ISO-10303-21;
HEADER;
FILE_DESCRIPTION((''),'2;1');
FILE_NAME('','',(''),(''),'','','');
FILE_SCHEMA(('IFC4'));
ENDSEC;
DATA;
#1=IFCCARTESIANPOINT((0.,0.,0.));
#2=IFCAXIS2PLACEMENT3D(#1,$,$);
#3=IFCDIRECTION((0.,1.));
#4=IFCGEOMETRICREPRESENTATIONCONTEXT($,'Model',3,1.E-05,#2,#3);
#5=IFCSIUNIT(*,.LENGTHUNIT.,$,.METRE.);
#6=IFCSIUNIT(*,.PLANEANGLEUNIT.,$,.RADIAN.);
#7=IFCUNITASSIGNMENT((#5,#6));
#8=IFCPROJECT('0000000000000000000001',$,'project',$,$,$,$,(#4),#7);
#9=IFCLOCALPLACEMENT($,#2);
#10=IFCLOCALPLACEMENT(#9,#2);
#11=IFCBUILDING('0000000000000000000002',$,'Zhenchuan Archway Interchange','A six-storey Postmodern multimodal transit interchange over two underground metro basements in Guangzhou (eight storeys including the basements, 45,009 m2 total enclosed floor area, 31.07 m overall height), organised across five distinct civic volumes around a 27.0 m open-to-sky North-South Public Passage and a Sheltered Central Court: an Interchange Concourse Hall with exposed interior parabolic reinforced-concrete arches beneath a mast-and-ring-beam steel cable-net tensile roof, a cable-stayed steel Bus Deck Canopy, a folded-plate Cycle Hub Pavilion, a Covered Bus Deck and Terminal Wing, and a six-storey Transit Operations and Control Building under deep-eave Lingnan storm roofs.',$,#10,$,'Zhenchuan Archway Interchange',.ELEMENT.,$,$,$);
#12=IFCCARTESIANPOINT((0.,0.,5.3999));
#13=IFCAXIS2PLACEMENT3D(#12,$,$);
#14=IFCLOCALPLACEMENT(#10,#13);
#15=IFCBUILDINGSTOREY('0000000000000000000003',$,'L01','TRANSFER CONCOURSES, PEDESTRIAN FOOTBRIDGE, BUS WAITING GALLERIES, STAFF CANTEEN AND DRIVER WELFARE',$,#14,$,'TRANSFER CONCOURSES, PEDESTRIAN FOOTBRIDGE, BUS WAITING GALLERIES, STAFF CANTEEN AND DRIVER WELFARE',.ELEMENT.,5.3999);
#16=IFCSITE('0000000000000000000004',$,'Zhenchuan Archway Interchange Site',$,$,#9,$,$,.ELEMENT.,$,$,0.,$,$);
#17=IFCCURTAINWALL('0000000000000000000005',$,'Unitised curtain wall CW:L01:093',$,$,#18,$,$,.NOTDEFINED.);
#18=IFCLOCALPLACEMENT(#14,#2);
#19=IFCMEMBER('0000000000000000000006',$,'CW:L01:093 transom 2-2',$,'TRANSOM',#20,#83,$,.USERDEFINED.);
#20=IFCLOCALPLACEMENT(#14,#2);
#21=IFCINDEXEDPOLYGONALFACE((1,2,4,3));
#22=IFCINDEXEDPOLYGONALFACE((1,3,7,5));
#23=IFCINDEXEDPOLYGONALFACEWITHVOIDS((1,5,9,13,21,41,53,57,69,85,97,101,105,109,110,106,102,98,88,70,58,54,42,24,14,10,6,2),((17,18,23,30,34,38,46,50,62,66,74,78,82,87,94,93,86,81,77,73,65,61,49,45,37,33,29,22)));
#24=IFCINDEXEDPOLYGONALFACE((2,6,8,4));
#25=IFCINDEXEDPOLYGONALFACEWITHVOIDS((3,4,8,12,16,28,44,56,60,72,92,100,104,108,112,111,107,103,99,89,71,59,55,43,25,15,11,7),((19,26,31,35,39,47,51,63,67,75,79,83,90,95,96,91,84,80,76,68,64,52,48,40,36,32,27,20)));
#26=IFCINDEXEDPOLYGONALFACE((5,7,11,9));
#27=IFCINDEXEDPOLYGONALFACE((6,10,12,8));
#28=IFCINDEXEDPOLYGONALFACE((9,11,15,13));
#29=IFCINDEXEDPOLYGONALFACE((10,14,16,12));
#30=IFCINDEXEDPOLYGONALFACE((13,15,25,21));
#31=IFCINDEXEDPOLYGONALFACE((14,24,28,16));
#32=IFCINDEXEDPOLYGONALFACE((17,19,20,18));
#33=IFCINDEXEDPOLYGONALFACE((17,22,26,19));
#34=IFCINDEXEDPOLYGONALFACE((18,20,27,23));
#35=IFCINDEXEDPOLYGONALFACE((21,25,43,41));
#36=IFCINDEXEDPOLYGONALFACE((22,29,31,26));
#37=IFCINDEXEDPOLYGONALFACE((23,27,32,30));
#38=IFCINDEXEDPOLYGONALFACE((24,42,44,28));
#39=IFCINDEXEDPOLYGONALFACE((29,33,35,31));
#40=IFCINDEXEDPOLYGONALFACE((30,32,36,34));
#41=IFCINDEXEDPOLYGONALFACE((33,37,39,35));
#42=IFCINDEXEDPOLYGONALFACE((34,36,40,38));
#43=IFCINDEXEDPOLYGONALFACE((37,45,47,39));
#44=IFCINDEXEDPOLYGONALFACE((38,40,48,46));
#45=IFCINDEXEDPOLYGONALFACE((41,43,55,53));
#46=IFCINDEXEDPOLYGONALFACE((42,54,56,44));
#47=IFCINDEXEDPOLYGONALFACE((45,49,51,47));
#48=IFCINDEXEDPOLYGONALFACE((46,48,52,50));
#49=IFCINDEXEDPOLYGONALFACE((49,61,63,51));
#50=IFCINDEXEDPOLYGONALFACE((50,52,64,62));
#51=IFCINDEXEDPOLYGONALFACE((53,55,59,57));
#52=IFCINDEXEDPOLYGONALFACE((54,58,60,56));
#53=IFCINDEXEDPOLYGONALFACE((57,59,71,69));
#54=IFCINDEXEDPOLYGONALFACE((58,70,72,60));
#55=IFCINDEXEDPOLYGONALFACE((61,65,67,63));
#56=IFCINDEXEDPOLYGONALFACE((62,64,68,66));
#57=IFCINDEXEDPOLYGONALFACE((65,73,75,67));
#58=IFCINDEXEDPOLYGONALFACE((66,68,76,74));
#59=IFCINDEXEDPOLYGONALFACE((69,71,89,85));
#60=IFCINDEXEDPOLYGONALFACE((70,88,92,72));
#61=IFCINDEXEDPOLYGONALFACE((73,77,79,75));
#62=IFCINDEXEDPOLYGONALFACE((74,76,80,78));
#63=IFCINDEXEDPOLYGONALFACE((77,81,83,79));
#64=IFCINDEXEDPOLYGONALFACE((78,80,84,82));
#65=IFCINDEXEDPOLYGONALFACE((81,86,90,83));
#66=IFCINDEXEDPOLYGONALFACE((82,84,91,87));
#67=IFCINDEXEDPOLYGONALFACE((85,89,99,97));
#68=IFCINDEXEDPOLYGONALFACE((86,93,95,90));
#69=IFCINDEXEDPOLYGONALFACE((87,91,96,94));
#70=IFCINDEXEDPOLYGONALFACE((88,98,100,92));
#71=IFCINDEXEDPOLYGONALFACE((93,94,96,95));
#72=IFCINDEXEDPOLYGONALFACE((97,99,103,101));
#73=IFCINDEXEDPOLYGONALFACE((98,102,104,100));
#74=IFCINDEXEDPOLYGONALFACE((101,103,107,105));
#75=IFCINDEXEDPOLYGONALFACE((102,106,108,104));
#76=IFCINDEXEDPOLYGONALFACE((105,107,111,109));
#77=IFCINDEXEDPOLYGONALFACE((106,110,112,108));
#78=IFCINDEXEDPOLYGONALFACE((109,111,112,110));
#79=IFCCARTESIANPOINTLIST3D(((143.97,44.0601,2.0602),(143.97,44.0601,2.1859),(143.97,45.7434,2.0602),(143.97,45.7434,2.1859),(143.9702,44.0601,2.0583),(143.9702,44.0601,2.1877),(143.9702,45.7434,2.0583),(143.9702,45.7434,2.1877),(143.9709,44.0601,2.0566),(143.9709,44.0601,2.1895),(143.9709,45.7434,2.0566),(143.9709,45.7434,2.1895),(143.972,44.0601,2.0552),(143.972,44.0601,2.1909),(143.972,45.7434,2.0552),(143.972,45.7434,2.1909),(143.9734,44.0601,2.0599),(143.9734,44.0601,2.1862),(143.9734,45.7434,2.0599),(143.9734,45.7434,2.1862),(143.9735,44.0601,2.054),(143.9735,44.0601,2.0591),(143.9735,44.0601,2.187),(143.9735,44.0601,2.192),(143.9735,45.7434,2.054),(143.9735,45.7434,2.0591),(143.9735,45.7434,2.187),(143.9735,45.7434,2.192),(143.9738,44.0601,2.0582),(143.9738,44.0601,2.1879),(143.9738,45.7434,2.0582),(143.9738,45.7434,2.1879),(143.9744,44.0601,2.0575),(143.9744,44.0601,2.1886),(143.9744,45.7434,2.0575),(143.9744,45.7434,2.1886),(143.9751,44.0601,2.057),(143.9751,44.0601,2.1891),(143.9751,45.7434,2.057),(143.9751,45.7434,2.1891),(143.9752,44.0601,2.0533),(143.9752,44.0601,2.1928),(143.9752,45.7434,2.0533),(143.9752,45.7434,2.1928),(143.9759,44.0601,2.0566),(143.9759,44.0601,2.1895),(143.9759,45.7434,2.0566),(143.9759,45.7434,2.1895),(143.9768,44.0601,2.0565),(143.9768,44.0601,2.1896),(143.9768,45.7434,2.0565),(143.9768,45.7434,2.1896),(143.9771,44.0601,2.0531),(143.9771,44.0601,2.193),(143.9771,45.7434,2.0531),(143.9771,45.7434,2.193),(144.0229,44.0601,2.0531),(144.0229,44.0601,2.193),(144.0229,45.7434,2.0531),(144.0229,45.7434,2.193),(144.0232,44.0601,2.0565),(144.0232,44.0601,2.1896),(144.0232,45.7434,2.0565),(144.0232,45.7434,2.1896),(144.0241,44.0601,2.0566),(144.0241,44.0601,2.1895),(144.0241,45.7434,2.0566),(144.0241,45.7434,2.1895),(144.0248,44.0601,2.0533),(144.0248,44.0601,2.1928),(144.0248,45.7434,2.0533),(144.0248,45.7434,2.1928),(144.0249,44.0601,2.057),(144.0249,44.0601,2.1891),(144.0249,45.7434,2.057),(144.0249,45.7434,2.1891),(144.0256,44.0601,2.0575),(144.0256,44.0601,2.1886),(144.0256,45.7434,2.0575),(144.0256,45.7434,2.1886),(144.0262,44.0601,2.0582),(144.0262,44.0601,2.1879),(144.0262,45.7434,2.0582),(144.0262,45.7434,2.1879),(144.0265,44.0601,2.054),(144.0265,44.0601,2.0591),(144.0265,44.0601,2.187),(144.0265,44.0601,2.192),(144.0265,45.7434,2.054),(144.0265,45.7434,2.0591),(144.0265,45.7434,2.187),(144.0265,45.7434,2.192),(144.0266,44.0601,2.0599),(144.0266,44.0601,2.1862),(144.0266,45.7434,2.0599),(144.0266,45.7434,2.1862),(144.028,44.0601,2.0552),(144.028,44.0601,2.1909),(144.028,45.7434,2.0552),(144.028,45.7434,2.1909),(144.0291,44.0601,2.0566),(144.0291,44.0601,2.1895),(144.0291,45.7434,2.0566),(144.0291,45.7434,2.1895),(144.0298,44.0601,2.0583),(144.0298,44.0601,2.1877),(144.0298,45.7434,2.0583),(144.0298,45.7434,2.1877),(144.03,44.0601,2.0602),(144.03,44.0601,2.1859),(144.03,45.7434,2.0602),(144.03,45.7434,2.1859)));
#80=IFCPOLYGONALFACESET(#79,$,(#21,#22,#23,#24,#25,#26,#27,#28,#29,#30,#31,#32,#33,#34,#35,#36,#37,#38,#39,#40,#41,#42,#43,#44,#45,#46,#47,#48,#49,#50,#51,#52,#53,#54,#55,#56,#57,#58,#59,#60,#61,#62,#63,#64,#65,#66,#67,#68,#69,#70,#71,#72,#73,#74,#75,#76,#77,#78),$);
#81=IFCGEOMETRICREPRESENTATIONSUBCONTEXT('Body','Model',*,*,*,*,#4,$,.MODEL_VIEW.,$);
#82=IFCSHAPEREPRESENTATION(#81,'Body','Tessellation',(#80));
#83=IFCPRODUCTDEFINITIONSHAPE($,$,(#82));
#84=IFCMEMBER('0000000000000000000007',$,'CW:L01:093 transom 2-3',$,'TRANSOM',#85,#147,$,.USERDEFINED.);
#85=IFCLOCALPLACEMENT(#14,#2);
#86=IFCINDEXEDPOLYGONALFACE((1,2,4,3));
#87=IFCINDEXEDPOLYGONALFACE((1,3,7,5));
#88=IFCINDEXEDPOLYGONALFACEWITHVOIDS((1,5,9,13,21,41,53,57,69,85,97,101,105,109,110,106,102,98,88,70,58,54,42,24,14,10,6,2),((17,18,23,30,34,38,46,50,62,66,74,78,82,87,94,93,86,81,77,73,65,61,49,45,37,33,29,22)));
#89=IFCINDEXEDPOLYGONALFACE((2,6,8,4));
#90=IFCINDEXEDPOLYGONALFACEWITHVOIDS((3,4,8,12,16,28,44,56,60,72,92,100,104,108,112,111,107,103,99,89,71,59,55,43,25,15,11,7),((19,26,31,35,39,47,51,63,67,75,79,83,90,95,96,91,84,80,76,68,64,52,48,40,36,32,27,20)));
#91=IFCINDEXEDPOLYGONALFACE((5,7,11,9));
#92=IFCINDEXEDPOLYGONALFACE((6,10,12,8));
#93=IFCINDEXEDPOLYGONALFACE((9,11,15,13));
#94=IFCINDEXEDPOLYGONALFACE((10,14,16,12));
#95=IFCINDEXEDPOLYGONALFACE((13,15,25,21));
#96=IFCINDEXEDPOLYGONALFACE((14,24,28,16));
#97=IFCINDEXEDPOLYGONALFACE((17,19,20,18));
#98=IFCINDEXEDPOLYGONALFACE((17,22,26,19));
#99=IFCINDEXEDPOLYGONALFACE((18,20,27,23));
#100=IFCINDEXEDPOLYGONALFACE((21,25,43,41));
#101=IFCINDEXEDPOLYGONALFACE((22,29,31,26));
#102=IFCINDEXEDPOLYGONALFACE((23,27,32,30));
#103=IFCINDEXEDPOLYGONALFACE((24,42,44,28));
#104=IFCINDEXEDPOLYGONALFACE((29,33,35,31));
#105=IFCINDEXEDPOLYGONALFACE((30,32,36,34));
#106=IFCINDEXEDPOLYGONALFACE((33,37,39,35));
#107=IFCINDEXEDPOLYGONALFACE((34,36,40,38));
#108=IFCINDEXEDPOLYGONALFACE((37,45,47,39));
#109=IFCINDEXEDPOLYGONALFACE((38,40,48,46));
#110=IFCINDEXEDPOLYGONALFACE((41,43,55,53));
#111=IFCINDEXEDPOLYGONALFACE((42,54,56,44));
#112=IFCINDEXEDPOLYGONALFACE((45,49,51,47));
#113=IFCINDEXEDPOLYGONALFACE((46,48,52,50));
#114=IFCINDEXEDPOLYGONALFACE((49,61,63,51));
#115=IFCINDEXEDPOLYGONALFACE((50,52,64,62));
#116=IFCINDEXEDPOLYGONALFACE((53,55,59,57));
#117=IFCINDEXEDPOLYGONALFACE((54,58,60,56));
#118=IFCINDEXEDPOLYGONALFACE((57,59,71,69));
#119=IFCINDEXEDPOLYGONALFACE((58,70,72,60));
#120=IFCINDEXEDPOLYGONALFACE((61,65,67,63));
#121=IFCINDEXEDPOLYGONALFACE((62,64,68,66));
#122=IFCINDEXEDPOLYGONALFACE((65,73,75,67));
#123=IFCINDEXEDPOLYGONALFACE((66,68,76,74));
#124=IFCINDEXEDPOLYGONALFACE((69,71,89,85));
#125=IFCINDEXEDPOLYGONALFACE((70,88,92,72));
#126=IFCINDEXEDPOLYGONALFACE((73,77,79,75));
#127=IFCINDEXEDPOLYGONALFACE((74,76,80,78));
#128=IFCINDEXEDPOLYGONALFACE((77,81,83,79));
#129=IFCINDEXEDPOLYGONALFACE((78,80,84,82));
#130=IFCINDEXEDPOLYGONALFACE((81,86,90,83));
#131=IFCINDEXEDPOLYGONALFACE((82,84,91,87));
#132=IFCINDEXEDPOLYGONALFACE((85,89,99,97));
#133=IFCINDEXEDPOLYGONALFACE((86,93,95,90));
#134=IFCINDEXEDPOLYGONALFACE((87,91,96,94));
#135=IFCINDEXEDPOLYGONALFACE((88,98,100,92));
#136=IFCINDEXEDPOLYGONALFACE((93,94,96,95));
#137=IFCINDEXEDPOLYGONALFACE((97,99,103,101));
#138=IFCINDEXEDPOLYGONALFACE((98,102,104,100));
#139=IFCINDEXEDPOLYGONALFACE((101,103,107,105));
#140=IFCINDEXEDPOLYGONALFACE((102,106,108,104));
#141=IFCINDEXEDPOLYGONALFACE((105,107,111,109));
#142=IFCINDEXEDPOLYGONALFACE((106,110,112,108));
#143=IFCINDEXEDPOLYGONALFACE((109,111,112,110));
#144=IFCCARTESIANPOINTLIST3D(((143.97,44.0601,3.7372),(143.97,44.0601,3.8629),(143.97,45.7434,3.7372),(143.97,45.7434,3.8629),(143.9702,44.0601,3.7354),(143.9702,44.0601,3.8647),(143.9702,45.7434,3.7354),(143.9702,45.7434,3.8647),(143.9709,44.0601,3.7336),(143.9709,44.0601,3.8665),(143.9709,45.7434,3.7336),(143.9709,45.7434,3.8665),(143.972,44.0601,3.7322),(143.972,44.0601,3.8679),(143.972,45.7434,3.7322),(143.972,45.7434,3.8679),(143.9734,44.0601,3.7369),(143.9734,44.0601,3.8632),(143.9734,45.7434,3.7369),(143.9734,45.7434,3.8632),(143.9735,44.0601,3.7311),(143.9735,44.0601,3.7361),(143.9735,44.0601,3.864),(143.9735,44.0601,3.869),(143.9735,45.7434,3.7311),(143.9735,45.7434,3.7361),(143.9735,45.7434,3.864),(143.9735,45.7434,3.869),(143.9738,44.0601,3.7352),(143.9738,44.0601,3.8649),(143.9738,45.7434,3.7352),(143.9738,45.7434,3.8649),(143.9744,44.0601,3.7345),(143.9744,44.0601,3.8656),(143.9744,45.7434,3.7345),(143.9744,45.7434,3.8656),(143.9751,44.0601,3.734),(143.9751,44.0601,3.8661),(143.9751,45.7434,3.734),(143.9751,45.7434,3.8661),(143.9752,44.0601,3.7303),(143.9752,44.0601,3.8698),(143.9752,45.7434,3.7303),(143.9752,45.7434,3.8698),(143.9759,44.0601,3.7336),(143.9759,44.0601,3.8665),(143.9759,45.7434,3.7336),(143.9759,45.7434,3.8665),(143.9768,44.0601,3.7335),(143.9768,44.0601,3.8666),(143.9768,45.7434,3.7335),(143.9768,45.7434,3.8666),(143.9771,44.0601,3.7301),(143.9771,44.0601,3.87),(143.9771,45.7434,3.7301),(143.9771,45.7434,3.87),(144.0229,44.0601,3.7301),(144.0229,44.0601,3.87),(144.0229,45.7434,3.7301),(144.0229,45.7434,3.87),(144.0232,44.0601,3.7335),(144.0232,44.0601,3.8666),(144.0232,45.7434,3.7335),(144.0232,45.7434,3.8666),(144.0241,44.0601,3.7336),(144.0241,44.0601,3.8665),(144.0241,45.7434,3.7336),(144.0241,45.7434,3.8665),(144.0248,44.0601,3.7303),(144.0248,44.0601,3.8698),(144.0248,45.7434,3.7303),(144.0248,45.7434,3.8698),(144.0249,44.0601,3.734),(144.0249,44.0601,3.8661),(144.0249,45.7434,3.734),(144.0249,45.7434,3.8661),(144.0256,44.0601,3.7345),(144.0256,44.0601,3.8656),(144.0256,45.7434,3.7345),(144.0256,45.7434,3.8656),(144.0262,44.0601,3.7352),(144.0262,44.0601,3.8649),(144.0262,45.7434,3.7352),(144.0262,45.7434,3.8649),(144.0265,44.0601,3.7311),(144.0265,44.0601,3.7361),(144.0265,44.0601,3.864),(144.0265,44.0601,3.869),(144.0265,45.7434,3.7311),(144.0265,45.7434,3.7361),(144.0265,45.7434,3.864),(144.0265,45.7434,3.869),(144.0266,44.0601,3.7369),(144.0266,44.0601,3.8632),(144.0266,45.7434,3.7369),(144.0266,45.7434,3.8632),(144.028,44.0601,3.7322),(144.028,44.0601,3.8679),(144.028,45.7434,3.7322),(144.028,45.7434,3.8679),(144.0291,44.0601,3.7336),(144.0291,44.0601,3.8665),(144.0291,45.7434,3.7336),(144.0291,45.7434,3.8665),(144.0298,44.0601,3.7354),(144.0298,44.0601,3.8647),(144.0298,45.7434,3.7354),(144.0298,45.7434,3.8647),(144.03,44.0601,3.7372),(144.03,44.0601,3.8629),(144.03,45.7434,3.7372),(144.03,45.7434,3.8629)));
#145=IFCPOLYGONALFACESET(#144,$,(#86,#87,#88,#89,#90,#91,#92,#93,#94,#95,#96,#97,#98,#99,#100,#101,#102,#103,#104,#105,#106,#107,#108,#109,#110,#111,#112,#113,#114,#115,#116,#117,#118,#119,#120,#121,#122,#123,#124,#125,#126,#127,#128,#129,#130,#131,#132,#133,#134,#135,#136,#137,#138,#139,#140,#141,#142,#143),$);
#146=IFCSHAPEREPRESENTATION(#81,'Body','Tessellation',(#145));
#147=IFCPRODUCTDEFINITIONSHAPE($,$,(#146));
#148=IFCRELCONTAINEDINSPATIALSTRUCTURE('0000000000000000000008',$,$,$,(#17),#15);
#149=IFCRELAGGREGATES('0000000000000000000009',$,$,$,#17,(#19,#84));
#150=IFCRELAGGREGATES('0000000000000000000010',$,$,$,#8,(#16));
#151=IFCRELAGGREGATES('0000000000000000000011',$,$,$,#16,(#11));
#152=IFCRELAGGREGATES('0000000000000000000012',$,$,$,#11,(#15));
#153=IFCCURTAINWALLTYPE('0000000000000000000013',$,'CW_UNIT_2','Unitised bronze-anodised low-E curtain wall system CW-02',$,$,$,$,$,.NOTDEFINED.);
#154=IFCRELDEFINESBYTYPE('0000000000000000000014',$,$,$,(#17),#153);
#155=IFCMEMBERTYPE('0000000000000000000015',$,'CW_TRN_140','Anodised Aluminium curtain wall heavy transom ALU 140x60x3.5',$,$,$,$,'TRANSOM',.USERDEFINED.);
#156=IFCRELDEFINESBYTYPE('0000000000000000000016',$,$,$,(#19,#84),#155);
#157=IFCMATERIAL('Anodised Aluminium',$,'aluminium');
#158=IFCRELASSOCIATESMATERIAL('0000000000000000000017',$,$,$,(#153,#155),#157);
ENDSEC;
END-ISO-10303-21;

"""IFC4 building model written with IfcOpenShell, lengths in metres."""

from ifc_helpers import new_model, si_unit, direction, frame, origin, origin_2d, place, context, subcontext, project, spatial, hollow_rectangle, extrude, material, material_profile, profile_set, type_object, element, aggregate, save


model = new_model("IFC4")

# Units and contexts
model_context = context("Model", 3, precision=1e-05, world=origin(), true_north=direction((0.0, 1.0)))
body_context = subcontext(model_context, "Body", "Model", "MODEL_VIEW")
ifc_project = project(units=[si_unit("LENGTHUNIT", "METRE"), si_unit("PLANEANGLEUNIT", "RADIAN")], contexts=[model_context])

# Site, building, storey
site_placement = place(None, origin())
site = spatial("IfcSite", under=ifc_project, at=site_placement, Name="Zhenchuan Archway Interchange Site", CompositionType="ELEMENT", RefElevation=0.0)
building_placement = place(site_placement, origin())
building = spatial("IfcBuilding", under=site, at=building_placement, Name="Zhenchuan Archway Interchange", Description="A six-storey Postmodern multimodal transit interchange over two underground metro basements in Guangzhou (eight storeys including the basements, 45,009 m2 total enclosed floor area, 31.07 m overall height), organised across five distinct civic volumes around a 27.0 m open-to-sky North-South Public Passage and a Sheltered Central Court: an Interchange Concourse Hall with exposed interior parabolic reinforced-concrete arches beneath a mast-and-ring-beam steel cable-net tensile roof, a cable-stayed steel Bus Deck Canopy, a folded-plate Cycle Hub Pavilion, a Covered Bus Deck and Terminal Wing, and a six-storey Transit Operations and Control Building under deep-eave Lingnan storm roofs.", LongName="Zhenchuan Archway Interchange", CompositionType="ELEMENT")
storey_placement = place(building_placement, frame((0.0, 0.0, 5.3999)))
storey = spatial("IfcBuildingStorey", under=building, at=storey_placement, Name="L01", Description="TRANSFER CONCOURSES, PEDESTRIAN FOOTBRIDGE, BUS WAITING GALLERIES, STAFF CANTEEN AND DRIVER WELFARE", LongName="TRANSFER CONCOURSES, PEDESTRIAN FOOTBRIDGE, BUS WAITING GALLERIES, STAFF CANTEEN AND DRIVER WELFARE", CompositionType="ELEMENT", Elevation=5.3999)

# Curtain wall, members
ifc_material_1 = material(Name="Anodised Aluminium", Category="aluminium")
curtain_wall_type = type_object("IfcCurtainWallType", Name="CW_UNIT_2", Description="Unitised bronze-anodised low-E curtain wall system CW-02", PredefinedType="NOTDEFINED", material=ifc_material_1)
curtain_wall_placement = place(storey_placement, origin())
curtain_wall = element("IfcCurtainWall", 1, at=curtain_wall_placement, inside=storey, type_object=curtain_wall_type, Name="Unitised curtain wall CW:L01:093", PredefinedType="NOTDEFINED")
ifc_material_profile_1 = material_profile(ifc_material_1, hollow_rectangle(XDim=0.0601, YDim=0.1399, WallThickness=0.0034, InnerFilletRadius=0.0034, OuterFilletRadius=0.0071, at=origin_2d()), Name="ALU 140x60x3.5")
ifc_profile_set_1 = profile_set([ifc_material_profile_1], Name="Anodised Aluminium")
member_type_1 = type_object("IfcMemberType", Name="CW_TRN_140", Description="Anodised Aluminium curtain wall heavy transom ALU 140x60x3.5", ElementType="TRANSOM", PredefinedType="USERDEFINED", material=ifc_profile_set_1)
member_1_placement = place(storey_placement, frame((144.0, 44.0601, 2.123), z_axis=(0.0, 1.0, 0.0), x_axis=(-1.0, 0.0, 0.0)))
member_1 = element("IfcMember", 2, at=member_1_placement, type_object=member_type_1, Name="CW:L01:093 transom 2-2", ObjectType="TRANSOM", PredefinedType="USERDEFINED", context=body_context, shape_type="SweptSolid", body=[
    extrude(hollow_rectangle(XDim=0.0601, YDim=0.1399, WallThickness=0.0034, InnerFilletRadius=0.0034, OuterFilletRadius=0.0071, at=origin_2d()), origin(), (0.0, 0.0, 1.0), 1.6833),
])
member_2_placement = place(storey_placement, frame((144.0, 44.0601, 3.8), z_axis=(0.0, 1.0, 0.0), x_axis=(-1.0, 0.0, 0.0)))
member_2 = element("IfcMember", 3, at=member_2_placement, type_object=member_type_1, Name="CW:L01:093 transom 2-3", ObjectType="TRANSOM", PredefinedType="USERDEFINED", context=body_context, shape_type="SweptSolid", body=[
    extrude(hollow_rectangle(XDim=0.0601, YDim=0.1399, WallThickness=0.0034, InnerFilletRadius=0.0034, OuterFilletRadius=0.0071, at=origin_2d()), origin(), (0.0, 0.0, 1.0), 1.6833),
])

aggregate(curtain_wall, [member_1, member_2])

save(model, "model.ifc")
